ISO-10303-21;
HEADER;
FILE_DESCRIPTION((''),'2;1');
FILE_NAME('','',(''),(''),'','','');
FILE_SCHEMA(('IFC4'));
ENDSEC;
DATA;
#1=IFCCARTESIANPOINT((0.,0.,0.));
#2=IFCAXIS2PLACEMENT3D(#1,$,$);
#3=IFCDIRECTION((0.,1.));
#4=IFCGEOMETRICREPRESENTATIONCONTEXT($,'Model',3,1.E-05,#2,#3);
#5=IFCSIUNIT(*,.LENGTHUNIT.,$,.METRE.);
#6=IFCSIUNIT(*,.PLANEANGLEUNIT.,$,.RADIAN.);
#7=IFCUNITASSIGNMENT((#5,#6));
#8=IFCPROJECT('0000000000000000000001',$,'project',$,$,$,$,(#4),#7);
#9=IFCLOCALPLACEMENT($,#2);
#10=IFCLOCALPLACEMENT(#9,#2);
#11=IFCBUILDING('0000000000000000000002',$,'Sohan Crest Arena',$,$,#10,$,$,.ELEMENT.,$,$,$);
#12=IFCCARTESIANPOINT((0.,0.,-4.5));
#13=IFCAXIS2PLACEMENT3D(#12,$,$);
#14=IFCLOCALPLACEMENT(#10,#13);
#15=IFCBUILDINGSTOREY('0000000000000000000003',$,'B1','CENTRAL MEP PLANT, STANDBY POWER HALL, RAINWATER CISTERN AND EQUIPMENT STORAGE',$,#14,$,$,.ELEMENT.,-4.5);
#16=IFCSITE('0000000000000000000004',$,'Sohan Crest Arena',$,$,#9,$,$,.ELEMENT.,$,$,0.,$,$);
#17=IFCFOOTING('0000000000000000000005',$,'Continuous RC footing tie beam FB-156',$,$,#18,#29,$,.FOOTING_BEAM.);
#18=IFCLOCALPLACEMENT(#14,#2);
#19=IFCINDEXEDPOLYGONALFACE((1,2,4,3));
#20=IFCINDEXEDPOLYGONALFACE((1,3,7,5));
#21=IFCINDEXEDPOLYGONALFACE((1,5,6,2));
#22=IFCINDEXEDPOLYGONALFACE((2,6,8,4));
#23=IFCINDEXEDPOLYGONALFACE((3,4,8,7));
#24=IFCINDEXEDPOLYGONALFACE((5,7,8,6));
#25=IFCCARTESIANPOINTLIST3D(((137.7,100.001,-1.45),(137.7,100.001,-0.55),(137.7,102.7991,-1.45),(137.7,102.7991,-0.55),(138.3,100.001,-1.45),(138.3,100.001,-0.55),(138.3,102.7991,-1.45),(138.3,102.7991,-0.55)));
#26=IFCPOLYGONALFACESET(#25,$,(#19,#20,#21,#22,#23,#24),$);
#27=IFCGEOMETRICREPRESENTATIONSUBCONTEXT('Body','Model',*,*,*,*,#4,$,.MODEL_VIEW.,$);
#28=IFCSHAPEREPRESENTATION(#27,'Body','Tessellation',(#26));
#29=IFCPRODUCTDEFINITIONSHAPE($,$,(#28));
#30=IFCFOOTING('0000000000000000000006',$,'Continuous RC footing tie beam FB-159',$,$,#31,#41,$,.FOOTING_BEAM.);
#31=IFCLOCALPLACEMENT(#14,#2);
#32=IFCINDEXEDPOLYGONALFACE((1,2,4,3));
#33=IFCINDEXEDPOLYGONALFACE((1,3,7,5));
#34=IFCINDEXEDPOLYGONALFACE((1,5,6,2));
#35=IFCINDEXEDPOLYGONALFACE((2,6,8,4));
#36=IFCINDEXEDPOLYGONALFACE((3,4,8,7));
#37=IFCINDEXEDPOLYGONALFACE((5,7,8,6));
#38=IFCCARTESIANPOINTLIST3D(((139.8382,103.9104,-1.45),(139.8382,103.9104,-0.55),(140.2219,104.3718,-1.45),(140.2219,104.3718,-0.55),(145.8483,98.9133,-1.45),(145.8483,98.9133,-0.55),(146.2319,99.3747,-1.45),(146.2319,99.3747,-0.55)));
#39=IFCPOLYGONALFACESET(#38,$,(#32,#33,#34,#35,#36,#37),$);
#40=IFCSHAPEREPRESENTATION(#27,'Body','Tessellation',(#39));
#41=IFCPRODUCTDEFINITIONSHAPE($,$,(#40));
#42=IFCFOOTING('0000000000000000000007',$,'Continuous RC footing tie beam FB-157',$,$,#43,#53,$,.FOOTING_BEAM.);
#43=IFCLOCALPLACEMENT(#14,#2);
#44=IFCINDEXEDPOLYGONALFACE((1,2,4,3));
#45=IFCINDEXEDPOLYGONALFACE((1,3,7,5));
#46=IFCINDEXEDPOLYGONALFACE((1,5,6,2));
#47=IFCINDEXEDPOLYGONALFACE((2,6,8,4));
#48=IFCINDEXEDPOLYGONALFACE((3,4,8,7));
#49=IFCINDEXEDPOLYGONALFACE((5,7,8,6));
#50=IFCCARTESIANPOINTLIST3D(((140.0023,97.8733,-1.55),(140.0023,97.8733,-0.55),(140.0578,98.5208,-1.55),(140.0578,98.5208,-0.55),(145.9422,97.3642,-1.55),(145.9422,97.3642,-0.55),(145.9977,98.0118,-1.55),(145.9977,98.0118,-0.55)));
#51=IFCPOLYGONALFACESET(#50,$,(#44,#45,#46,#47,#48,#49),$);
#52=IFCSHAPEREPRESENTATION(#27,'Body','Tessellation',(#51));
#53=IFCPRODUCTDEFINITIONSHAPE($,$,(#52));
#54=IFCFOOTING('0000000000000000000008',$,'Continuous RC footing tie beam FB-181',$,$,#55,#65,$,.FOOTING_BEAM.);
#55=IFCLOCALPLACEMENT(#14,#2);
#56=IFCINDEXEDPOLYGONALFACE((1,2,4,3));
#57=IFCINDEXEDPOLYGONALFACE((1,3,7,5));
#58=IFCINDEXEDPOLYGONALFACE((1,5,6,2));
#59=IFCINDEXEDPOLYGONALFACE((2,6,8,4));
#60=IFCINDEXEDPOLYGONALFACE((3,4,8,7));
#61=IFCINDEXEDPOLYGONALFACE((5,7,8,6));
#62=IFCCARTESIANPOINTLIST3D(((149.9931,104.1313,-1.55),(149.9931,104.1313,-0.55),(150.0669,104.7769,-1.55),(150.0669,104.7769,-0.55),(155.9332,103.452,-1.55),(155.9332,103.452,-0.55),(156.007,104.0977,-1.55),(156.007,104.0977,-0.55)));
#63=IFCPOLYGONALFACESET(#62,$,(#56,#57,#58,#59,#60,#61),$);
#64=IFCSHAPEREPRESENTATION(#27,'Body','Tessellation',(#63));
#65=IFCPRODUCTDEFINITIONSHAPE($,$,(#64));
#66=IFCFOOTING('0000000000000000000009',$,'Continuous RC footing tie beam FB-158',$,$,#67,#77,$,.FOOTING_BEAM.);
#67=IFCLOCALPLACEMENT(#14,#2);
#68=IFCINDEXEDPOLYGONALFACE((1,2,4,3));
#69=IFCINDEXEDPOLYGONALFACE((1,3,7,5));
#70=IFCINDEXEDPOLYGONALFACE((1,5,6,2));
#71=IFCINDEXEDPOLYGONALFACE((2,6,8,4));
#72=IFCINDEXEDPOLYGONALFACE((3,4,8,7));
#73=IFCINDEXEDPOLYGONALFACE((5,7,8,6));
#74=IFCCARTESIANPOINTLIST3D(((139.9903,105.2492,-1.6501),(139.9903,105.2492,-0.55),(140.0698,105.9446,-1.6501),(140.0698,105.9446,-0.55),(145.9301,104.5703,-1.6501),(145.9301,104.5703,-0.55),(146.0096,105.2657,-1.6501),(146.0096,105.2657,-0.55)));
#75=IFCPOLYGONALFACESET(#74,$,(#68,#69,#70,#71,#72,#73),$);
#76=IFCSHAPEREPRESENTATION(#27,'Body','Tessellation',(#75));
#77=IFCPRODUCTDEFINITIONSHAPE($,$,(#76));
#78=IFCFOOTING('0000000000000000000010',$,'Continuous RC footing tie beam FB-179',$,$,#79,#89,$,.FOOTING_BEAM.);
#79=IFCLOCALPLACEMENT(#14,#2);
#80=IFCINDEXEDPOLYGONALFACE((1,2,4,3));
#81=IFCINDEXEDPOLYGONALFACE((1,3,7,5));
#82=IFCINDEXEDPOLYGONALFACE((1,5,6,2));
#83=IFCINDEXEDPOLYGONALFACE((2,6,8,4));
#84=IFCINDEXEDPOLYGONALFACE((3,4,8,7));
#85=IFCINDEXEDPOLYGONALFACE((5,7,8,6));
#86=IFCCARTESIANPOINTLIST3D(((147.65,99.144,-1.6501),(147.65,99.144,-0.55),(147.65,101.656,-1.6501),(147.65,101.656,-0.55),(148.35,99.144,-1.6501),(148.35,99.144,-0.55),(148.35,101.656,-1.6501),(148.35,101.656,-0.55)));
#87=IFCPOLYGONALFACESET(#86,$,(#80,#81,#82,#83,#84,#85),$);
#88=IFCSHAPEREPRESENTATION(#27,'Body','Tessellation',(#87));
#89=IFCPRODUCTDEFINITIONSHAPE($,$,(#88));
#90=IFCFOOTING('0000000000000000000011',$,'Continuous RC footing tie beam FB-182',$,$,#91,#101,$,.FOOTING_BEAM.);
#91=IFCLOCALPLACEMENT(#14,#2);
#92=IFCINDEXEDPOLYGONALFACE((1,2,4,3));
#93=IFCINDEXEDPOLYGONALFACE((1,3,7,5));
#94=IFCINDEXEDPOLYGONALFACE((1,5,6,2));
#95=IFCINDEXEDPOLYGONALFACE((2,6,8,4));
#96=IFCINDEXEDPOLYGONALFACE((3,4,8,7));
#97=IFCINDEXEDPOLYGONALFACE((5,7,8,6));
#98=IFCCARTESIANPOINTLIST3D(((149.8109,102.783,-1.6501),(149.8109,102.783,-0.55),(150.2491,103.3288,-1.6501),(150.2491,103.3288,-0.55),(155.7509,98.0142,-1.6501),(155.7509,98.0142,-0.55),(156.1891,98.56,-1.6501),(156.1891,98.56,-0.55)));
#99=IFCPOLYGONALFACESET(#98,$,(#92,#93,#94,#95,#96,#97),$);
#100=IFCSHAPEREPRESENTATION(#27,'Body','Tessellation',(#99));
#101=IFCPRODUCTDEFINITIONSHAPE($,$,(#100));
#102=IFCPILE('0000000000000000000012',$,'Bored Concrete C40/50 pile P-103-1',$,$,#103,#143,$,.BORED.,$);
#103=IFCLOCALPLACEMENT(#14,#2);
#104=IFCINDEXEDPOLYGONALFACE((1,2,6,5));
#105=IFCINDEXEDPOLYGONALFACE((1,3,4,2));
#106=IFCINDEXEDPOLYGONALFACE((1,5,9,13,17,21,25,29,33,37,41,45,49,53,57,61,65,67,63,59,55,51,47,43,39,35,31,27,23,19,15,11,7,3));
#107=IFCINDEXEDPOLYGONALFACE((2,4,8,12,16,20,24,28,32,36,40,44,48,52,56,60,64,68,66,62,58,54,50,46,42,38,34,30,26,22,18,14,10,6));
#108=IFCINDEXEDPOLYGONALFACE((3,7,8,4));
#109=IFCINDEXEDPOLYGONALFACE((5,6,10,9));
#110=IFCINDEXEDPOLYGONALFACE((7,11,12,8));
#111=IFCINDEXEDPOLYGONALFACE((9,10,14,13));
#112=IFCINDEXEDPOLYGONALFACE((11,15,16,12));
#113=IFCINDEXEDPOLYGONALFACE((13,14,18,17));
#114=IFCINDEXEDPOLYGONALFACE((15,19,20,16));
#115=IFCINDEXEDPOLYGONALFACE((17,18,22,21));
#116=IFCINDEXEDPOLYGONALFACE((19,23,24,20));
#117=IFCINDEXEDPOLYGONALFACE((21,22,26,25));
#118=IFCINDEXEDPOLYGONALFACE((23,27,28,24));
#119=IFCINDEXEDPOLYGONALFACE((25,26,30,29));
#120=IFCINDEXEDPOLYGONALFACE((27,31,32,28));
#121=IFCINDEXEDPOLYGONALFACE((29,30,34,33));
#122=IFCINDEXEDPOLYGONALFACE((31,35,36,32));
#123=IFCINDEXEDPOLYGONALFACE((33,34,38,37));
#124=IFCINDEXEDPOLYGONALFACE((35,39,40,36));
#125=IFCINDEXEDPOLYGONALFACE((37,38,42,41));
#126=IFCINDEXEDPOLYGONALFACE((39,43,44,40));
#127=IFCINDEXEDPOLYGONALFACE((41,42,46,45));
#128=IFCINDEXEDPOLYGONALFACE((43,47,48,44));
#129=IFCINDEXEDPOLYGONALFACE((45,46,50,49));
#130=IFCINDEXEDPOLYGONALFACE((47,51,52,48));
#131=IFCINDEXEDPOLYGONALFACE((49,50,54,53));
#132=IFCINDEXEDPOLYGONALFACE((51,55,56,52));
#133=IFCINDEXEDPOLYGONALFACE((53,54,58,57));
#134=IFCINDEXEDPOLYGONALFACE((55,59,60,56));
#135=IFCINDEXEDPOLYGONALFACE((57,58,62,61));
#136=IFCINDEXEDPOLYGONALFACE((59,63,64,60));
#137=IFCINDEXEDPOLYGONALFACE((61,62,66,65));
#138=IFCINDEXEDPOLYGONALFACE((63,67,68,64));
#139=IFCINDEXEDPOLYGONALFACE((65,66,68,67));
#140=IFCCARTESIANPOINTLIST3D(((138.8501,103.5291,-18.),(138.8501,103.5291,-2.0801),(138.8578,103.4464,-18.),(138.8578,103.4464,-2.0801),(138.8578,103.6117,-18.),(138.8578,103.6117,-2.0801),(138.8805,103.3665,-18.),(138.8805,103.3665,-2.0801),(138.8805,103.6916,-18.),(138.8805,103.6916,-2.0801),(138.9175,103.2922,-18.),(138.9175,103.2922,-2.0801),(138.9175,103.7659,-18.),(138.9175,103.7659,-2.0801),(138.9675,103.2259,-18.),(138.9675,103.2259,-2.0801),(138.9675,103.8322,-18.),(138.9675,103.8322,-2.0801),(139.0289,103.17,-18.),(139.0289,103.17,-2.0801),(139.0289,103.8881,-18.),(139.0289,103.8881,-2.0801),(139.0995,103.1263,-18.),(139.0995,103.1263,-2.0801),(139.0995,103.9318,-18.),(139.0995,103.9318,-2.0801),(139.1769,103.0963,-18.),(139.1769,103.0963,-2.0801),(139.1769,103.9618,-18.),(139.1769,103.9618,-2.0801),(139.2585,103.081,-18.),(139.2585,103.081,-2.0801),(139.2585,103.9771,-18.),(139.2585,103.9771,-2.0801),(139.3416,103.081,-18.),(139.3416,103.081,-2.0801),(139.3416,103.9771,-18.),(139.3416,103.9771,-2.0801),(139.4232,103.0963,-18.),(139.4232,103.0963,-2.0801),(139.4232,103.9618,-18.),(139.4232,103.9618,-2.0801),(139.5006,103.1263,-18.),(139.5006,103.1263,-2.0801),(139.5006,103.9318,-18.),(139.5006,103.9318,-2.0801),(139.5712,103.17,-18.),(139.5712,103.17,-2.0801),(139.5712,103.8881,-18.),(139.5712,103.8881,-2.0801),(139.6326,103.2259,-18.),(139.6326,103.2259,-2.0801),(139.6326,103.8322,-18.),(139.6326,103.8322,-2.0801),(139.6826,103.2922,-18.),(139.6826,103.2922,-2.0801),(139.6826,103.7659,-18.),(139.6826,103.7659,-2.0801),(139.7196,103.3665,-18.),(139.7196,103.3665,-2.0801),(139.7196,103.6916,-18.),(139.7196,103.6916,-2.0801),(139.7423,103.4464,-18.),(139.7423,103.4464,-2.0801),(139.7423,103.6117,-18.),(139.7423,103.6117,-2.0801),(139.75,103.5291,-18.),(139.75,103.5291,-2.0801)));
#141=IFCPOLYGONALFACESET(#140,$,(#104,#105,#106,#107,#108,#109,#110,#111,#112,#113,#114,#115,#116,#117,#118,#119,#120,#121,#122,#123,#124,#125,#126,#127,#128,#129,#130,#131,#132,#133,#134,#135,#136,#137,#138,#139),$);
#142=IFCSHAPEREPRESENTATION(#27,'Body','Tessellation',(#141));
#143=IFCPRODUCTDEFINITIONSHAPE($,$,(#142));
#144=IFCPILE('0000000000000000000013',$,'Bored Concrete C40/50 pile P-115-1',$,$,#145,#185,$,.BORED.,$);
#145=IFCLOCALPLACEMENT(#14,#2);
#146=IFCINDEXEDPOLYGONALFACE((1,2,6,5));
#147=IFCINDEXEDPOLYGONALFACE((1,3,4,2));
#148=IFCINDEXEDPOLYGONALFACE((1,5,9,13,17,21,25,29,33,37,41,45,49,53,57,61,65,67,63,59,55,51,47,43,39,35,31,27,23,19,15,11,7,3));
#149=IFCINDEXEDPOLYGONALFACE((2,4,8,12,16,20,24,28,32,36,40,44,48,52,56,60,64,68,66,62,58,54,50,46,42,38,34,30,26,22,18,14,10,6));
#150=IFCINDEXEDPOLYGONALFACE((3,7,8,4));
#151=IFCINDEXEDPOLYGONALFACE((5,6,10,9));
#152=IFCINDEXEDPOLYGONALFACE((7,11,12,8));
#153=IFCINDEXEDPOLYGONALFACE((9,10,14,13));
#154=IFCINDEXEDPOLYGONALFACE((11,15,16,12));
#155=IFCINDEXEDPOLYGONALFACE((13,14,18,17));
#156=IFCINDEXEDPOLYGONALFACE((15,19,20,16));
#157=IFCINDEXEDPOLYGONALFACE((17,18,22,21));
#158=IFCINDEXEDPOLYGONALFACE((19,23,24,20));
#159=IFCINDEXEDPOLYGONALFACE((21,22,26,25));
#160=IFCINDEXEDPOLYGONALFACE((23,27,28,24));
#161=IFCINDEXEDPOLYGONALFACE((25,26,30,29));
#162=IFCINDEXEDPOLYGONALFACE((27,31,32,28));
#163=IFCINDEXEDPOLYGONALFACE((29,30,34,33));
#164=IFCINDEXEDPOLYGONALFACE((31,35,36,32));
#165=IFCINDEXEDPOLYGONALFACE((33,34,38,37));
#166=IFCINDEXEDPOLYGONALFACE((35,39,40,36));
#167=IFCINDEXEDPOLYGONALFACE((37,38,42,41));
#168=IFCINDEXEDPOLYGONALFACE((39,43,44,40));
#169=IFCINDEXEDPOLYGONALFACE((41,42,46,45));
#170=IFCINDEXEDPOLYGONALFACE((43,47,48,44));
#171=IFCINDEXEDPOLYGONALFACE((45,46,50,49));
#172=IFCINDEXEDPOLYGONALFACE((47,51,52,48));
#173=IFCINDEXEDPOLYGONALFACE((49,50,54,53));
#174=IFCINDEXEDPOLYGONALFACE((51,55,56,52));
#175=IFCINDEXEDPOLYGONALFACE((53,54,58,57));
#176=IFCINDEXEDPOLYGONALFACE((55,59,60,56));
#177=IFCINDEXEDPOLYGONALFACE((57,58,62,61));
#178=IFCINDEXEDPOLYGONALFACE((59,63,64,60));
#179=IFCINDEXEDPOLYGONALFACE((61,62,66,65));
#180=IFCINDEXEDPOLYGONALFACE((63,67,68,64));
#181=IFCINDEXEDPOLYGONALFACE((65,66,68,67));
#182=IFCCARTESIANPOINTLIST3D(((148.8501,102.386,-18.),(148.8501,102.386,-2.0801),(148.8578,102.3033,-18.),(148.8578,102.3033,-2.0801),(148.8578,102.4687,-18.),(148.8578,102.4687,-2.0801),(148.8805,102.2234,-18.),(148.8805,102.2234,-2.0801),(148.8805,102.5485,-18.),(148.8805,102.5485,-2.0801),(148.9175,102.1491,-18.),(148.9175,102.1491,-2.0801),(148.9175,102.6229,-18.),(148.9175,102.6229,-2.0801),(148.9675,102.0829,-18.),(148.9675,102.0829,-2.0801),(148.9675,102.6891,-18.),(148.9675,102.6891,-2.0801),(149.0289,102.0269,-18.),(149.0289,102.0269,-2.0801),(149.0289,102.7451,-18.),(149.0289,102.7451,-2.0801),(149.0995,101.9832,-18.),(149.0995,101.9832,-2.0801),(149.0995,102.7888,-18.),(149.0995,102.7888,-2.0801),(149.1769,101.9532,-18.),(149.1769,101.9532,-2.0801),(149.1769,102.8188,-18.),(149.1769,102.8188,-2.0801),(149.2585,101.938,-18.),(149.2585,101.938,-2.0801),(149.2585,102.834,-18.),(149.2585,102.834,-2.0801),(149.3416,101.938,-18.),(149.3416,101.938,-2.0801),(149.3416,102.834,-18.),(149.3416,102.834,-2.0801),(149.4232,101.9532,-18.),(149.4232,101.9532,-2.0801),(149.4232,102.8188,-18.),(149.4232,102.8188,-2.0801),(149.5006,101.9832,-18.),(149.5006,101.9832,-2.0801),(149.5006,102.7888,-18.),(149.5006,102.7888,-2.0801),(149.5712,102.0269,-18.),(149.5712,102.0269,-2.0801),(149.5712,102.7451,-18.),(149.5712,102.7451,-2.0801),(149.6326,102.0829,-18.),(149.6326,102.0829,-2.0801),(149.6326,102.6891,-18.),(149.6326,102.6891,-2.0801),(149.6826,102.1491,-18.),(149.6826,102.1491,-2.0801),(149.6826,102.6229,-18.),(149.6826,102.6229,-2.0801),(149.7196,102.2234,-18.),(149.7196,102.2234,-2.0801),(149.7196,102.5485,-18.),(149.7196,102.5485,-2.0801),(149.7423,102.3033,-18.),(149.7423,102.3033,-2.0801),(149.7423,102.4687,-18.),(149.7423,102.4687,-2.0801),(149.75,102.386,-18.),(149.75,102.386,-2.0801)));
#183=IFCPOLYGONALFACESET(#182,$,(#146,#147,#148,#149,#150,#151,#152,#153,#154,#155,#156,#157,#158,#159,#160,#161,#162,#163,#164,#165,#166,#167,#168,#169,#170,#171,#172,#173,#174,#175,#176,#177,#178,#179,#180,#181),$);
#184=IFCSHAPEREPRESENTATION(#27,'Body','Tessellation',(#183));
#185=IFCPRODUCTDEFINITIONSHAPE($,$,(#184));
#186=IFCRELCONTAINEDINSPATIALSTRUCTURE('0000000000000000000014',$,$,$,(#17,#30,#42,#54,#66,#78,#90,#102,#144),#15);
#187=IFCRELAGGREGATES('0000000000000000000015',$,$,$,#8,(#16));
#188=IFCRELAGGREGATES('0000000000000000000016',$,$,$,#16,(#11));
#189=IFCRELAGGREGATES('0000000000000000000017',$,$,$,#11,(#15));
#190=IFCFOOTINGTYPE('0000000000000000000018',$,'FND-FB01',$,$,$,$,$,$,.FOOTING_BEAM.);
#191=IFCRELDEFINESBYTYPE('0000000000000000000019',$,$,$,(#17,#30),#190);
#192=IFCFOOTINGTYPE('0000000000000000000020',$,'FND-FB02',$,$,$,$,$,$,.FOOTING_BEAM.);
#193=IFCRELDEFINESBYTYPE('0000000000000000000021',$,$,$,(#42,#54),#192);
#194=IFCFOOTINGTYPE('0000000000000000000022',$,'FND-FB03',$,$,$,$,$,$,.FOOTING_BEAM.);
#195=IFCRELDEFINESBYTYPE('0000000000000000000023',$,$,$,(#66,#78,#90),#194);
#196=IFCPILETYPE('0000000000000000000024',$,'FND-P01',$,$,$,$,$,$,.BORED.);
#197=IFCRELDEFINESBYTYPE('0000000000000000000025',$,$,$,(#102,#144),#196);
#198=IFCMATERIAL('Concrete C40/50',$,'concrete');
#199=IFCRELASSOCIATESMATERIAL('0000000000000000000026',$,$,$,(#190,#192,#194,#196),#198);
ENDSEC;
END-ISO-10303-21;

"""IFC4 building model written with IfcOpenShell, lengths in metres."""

from ifc_helpers import new_model, si_unit, direction, frame, origin, origin_2d, place, context, subcontext, project, spatial, rectangle, circle, extrude, material, material_profile, profile_set, type_object, element, save


model = new_model("IFC4")

# Units and contexts
model_context = context("Model", 3, precision=1e-05, world=origin(), true_north=direction((0.0, 1.0)))
body_context = subcontext(model_context, "Body", "Model", "MODEL_VIEW")
ifc_project = project(units=[si_unit("LENGTHUNIT", "METRE"), si_unit("PLANEANGLEUNIT", "RADIAN")], contexts=[model_context])

# Site, building, storey
site_placement = place(None, origin())
site = spatial("IfcSite", under=ifc_project, at=site_placement, Name="Sohan Crest Arena", CompositionType="ELEMENT", RefElevation=0.0)
building_placement = place(site_placement, origin())
building = spatial("IfcBuilding", under=site, at=building_placement, Name="Sohan Crest Arena", CompositionType="ELEMENT")
storey_placement = place(building_placement, frame((0.0, 0.0, -4.5)))
storey = spatial("IfcBuildingStorey", under=building, at=storey_placement, Name="B1", Description="CENTRAL MEP PLANT, STANDBY POWER HALL, RAINWATER CISTERN AND EQUIPMENT STORAGE", CompositionType="ELEMENT", Elevation=-4.5)

# Footings
ifc_material_1 = material(Name="Concrete C40/50", Category="concrete")
ifc_material_profile_1 = material_profile(ifc_material_1, rectangle(XDim=0.6001, YDim=0.8999, at=origin_2d()), Name="RC-FB 600x900")
ifc_profile_set_1 = profile_set([ifc_material_profile_1], Name="Concrete C40/50")
footing_type_1 = type_object("IfcFootingType", Name="FND-FB01", PredefinedType="FOOTING_BEAM", material=ifc_profile_set_1)
footing_1_placement = place(storey_placement, frame((138.0, 100.001, -1.0), z_axis=(0.0, 1.0, 0.0), x_axis=(-1.0, 0.0, 0.0)))
element("IfcFooting", 1, at=footing_1_placement, inside=storey, type_object=footing_type_1, Name="Continuous RC footing tie beam FB-156", PredefinedType="FOOTING_BEAM", context=body_context, shape_type="SweptSolid", body=[
    extrude(rectangle(XDim=0.6001, YDim=0.8999, at=origin_2d()), origin(), (0.0, 0.0, 1.0), 2.7981),
])
footing_2_placement = place(storey_placement, frame((140.03, 104.1411, -1.0), z_axis=(0.76893, -0.639333, 0.0), x_axis=(0.639333, 0.76893, 0.0)))
element("IfcFooting", 2, at=footing_2_placement, inside=storey, type_object=footing_type_1, Name="Continuous RC footing tie beam FB-159", PredefinedType="FOOTING_BEAM", context=body_context, shape_type="SweptSolid", body=[
    extrude(rectangle(XDim=0.6001, YDim=0.8999, at=origin_2d()), origin(), (0.0, 0.0, 1.0), 7.8162),
])
ifc_material_profile_2 = material_profile(ifc_material_1, rectangle(XDim=0.6499, YDim=1.0, at=origin_2d()), Name="RC-FB 650x1000")
ifc_profile_set_2 = profile_set([ifc_material_profile_2], Name="Concrete C40/50")
footing_type_2 = type_object("IfcFootingType", Name="FND-FB02", PredefinedType="FOOTING_BEAM", material=ifc_profile_set_2)
footing_3_placement = place(storey_placement, frame((140.03, 98.197, -1.05), z_axis=(0.996348, -0.085384, 0.0), x_axis=(0.085384, 0.996348, 0.0)))
element("IfcFooting", 3, at=footing_3_placement, inside=storey, type_object=footing_type_2, Name="Continuous RC footing tie beam FB-157", PredefinedType="FOOTING_BEAM", context=body_context, shape_type="SweptSolid", body=[
    extrude(rectangle(XDim=0.6499, YDim=1.0, at=origin_2d()), origin(), (0.0, 0.0, 1.0), 5.9617),
])
footing_4_placement = place(storey_placement, frame((150.03, 104.4541, -1.05), z_axis=(0.993526, -0.113604, 0.0), x_axis=(0.113604, 0.993526, 0.0)))
element("IfcFooting", 4, at=footing_4_placement, inside=storey, type_object=footing_type_2, Name="Continuous RC footing tie beam FB-181", PredefinedType="FOOTING_BEAM", context=body_context, shape_type="SweptSolid", body=[
    extrude(rectangle(XDim=0.6499, YDim=1.0, at=origin_2d()), origin(), (0.0, 0.0, 1.0), 5.9788),
])
ifc_material_profile_3 = material_profile(ifc_material_1, rectangle(XDim=0.7, YDim=1.1001, at=origin_2d()), Name="RC-FB 700x1100")
ifc_profile_set_3 = profile_set([ifc_material_profile_3], Name="Concrete C40/50")
footing_type_3 = type_object("IfcFootingType", Name="FND-FB03", PredefinedType="FOOTING_BEAM", material=ifc_profile_set_3)
footing_5_placement = place(storey_placement, frame((140.03, 105.5969, -1.1001), z_axis=(0.993531, -0.113564, 0.0), x_axis=(0.113564, 0.993531, 0.0)))
element("IfcFooting", 5, at=footing_5_placement, inside=storey, type_object=footing_type_3, Name="Continuous RC footing tie beam FB-158", PredefinedType="FOOTING_BEAM", context=body_context, shape_type="SweptSolid", body=[
    extrude(rectangle(XDim=0.7, YDim=1.1001, at=origin_2d()), origin(), (0.0, 0.0, 1.0), 5.9785),
])
footing_6_placement = place(storey_placement, frame((148.0, 99.144, -1.1001), z_axis=(0.0, 1.0, 0.0), x_axis=(-1.0, 0.0, 0.0)))
element("IfcFooting", 6, at=footing_6_placement, inside=storey, type_object=footing_type_3, Name="Continuous RC footing tie beam FB-179", PredefinedType="FOOTING_BEAM", context=body_context, shape_type="SweptSolid", body=[
    extrude(rectangle(XDim=0.7, YDim=1.1001, at=origin_2d()), origin(), (0.0, 0.0, 1.0), 2.512),
])
footing_7_placement = place(storey_placement, frame((150.03, 103.0559, -1.1001), z_axis=(0.779789, -0.626043, 0.0), x_axis=(0.626043, 0.779789, 0.0)))
element("IfcFooting", 7, at=footing_7_placement, inside=storey, type_object=footing_type_3, Name="Continuous RC footing tie beam FB-182", PredefinedType="FOOTING_BEAM", context=body_context, shape_type="SweptSolid", body=[
    extrude(rectangle(XDim=0.7, YDim=1.1001, at=origin_2d()), origin(), (0.0, 0.0, 1.0), 7.6174),
])

# Piles
ifc_material_profile_4 = material_profile(ifc_material_1, circle(Radius=0.45, at=origin_2d()), Name="PILE D900")
ifc_profile_set_4 = profile_set([ifc_material_profile_4], Name="Concrete C40/50")
pile_type_1 = type_object("IfcPileType", Name="FND-P01", PredefinedType="BORED", material=ifc_profile_set_4)
for number, where, z_axis, x_axis, name in (
    (8, (139.3, 103.5291, -18.0), (0.0, 0.0, 1.0), (1.0, 0.0, 0.0), "Bored Concrete C40/50 pile P-103-1"),
    (9, (149.3, 102.386, -18.0), (0.0, 0.0, 1.0), (1.0, 0.0, 0.0), "Bored Concrete C40/50 pile P-115-1"),
):
    element("IfcPile", number, at=place(storey_placement, frame(where, z_axis=z_axis, x_axis=x_axis)), inside=storey, type_object=pile_type_1, Name=name, PredefinedType="BORED", context=body_context, shape_type="SweptSolid", body=[
        extrude(circle(Radius=0.45, at=origin_2d()), origin(), (0.0, 0.0, 1.0), 15.9199),
    ])

save(model, "model.ifc")
